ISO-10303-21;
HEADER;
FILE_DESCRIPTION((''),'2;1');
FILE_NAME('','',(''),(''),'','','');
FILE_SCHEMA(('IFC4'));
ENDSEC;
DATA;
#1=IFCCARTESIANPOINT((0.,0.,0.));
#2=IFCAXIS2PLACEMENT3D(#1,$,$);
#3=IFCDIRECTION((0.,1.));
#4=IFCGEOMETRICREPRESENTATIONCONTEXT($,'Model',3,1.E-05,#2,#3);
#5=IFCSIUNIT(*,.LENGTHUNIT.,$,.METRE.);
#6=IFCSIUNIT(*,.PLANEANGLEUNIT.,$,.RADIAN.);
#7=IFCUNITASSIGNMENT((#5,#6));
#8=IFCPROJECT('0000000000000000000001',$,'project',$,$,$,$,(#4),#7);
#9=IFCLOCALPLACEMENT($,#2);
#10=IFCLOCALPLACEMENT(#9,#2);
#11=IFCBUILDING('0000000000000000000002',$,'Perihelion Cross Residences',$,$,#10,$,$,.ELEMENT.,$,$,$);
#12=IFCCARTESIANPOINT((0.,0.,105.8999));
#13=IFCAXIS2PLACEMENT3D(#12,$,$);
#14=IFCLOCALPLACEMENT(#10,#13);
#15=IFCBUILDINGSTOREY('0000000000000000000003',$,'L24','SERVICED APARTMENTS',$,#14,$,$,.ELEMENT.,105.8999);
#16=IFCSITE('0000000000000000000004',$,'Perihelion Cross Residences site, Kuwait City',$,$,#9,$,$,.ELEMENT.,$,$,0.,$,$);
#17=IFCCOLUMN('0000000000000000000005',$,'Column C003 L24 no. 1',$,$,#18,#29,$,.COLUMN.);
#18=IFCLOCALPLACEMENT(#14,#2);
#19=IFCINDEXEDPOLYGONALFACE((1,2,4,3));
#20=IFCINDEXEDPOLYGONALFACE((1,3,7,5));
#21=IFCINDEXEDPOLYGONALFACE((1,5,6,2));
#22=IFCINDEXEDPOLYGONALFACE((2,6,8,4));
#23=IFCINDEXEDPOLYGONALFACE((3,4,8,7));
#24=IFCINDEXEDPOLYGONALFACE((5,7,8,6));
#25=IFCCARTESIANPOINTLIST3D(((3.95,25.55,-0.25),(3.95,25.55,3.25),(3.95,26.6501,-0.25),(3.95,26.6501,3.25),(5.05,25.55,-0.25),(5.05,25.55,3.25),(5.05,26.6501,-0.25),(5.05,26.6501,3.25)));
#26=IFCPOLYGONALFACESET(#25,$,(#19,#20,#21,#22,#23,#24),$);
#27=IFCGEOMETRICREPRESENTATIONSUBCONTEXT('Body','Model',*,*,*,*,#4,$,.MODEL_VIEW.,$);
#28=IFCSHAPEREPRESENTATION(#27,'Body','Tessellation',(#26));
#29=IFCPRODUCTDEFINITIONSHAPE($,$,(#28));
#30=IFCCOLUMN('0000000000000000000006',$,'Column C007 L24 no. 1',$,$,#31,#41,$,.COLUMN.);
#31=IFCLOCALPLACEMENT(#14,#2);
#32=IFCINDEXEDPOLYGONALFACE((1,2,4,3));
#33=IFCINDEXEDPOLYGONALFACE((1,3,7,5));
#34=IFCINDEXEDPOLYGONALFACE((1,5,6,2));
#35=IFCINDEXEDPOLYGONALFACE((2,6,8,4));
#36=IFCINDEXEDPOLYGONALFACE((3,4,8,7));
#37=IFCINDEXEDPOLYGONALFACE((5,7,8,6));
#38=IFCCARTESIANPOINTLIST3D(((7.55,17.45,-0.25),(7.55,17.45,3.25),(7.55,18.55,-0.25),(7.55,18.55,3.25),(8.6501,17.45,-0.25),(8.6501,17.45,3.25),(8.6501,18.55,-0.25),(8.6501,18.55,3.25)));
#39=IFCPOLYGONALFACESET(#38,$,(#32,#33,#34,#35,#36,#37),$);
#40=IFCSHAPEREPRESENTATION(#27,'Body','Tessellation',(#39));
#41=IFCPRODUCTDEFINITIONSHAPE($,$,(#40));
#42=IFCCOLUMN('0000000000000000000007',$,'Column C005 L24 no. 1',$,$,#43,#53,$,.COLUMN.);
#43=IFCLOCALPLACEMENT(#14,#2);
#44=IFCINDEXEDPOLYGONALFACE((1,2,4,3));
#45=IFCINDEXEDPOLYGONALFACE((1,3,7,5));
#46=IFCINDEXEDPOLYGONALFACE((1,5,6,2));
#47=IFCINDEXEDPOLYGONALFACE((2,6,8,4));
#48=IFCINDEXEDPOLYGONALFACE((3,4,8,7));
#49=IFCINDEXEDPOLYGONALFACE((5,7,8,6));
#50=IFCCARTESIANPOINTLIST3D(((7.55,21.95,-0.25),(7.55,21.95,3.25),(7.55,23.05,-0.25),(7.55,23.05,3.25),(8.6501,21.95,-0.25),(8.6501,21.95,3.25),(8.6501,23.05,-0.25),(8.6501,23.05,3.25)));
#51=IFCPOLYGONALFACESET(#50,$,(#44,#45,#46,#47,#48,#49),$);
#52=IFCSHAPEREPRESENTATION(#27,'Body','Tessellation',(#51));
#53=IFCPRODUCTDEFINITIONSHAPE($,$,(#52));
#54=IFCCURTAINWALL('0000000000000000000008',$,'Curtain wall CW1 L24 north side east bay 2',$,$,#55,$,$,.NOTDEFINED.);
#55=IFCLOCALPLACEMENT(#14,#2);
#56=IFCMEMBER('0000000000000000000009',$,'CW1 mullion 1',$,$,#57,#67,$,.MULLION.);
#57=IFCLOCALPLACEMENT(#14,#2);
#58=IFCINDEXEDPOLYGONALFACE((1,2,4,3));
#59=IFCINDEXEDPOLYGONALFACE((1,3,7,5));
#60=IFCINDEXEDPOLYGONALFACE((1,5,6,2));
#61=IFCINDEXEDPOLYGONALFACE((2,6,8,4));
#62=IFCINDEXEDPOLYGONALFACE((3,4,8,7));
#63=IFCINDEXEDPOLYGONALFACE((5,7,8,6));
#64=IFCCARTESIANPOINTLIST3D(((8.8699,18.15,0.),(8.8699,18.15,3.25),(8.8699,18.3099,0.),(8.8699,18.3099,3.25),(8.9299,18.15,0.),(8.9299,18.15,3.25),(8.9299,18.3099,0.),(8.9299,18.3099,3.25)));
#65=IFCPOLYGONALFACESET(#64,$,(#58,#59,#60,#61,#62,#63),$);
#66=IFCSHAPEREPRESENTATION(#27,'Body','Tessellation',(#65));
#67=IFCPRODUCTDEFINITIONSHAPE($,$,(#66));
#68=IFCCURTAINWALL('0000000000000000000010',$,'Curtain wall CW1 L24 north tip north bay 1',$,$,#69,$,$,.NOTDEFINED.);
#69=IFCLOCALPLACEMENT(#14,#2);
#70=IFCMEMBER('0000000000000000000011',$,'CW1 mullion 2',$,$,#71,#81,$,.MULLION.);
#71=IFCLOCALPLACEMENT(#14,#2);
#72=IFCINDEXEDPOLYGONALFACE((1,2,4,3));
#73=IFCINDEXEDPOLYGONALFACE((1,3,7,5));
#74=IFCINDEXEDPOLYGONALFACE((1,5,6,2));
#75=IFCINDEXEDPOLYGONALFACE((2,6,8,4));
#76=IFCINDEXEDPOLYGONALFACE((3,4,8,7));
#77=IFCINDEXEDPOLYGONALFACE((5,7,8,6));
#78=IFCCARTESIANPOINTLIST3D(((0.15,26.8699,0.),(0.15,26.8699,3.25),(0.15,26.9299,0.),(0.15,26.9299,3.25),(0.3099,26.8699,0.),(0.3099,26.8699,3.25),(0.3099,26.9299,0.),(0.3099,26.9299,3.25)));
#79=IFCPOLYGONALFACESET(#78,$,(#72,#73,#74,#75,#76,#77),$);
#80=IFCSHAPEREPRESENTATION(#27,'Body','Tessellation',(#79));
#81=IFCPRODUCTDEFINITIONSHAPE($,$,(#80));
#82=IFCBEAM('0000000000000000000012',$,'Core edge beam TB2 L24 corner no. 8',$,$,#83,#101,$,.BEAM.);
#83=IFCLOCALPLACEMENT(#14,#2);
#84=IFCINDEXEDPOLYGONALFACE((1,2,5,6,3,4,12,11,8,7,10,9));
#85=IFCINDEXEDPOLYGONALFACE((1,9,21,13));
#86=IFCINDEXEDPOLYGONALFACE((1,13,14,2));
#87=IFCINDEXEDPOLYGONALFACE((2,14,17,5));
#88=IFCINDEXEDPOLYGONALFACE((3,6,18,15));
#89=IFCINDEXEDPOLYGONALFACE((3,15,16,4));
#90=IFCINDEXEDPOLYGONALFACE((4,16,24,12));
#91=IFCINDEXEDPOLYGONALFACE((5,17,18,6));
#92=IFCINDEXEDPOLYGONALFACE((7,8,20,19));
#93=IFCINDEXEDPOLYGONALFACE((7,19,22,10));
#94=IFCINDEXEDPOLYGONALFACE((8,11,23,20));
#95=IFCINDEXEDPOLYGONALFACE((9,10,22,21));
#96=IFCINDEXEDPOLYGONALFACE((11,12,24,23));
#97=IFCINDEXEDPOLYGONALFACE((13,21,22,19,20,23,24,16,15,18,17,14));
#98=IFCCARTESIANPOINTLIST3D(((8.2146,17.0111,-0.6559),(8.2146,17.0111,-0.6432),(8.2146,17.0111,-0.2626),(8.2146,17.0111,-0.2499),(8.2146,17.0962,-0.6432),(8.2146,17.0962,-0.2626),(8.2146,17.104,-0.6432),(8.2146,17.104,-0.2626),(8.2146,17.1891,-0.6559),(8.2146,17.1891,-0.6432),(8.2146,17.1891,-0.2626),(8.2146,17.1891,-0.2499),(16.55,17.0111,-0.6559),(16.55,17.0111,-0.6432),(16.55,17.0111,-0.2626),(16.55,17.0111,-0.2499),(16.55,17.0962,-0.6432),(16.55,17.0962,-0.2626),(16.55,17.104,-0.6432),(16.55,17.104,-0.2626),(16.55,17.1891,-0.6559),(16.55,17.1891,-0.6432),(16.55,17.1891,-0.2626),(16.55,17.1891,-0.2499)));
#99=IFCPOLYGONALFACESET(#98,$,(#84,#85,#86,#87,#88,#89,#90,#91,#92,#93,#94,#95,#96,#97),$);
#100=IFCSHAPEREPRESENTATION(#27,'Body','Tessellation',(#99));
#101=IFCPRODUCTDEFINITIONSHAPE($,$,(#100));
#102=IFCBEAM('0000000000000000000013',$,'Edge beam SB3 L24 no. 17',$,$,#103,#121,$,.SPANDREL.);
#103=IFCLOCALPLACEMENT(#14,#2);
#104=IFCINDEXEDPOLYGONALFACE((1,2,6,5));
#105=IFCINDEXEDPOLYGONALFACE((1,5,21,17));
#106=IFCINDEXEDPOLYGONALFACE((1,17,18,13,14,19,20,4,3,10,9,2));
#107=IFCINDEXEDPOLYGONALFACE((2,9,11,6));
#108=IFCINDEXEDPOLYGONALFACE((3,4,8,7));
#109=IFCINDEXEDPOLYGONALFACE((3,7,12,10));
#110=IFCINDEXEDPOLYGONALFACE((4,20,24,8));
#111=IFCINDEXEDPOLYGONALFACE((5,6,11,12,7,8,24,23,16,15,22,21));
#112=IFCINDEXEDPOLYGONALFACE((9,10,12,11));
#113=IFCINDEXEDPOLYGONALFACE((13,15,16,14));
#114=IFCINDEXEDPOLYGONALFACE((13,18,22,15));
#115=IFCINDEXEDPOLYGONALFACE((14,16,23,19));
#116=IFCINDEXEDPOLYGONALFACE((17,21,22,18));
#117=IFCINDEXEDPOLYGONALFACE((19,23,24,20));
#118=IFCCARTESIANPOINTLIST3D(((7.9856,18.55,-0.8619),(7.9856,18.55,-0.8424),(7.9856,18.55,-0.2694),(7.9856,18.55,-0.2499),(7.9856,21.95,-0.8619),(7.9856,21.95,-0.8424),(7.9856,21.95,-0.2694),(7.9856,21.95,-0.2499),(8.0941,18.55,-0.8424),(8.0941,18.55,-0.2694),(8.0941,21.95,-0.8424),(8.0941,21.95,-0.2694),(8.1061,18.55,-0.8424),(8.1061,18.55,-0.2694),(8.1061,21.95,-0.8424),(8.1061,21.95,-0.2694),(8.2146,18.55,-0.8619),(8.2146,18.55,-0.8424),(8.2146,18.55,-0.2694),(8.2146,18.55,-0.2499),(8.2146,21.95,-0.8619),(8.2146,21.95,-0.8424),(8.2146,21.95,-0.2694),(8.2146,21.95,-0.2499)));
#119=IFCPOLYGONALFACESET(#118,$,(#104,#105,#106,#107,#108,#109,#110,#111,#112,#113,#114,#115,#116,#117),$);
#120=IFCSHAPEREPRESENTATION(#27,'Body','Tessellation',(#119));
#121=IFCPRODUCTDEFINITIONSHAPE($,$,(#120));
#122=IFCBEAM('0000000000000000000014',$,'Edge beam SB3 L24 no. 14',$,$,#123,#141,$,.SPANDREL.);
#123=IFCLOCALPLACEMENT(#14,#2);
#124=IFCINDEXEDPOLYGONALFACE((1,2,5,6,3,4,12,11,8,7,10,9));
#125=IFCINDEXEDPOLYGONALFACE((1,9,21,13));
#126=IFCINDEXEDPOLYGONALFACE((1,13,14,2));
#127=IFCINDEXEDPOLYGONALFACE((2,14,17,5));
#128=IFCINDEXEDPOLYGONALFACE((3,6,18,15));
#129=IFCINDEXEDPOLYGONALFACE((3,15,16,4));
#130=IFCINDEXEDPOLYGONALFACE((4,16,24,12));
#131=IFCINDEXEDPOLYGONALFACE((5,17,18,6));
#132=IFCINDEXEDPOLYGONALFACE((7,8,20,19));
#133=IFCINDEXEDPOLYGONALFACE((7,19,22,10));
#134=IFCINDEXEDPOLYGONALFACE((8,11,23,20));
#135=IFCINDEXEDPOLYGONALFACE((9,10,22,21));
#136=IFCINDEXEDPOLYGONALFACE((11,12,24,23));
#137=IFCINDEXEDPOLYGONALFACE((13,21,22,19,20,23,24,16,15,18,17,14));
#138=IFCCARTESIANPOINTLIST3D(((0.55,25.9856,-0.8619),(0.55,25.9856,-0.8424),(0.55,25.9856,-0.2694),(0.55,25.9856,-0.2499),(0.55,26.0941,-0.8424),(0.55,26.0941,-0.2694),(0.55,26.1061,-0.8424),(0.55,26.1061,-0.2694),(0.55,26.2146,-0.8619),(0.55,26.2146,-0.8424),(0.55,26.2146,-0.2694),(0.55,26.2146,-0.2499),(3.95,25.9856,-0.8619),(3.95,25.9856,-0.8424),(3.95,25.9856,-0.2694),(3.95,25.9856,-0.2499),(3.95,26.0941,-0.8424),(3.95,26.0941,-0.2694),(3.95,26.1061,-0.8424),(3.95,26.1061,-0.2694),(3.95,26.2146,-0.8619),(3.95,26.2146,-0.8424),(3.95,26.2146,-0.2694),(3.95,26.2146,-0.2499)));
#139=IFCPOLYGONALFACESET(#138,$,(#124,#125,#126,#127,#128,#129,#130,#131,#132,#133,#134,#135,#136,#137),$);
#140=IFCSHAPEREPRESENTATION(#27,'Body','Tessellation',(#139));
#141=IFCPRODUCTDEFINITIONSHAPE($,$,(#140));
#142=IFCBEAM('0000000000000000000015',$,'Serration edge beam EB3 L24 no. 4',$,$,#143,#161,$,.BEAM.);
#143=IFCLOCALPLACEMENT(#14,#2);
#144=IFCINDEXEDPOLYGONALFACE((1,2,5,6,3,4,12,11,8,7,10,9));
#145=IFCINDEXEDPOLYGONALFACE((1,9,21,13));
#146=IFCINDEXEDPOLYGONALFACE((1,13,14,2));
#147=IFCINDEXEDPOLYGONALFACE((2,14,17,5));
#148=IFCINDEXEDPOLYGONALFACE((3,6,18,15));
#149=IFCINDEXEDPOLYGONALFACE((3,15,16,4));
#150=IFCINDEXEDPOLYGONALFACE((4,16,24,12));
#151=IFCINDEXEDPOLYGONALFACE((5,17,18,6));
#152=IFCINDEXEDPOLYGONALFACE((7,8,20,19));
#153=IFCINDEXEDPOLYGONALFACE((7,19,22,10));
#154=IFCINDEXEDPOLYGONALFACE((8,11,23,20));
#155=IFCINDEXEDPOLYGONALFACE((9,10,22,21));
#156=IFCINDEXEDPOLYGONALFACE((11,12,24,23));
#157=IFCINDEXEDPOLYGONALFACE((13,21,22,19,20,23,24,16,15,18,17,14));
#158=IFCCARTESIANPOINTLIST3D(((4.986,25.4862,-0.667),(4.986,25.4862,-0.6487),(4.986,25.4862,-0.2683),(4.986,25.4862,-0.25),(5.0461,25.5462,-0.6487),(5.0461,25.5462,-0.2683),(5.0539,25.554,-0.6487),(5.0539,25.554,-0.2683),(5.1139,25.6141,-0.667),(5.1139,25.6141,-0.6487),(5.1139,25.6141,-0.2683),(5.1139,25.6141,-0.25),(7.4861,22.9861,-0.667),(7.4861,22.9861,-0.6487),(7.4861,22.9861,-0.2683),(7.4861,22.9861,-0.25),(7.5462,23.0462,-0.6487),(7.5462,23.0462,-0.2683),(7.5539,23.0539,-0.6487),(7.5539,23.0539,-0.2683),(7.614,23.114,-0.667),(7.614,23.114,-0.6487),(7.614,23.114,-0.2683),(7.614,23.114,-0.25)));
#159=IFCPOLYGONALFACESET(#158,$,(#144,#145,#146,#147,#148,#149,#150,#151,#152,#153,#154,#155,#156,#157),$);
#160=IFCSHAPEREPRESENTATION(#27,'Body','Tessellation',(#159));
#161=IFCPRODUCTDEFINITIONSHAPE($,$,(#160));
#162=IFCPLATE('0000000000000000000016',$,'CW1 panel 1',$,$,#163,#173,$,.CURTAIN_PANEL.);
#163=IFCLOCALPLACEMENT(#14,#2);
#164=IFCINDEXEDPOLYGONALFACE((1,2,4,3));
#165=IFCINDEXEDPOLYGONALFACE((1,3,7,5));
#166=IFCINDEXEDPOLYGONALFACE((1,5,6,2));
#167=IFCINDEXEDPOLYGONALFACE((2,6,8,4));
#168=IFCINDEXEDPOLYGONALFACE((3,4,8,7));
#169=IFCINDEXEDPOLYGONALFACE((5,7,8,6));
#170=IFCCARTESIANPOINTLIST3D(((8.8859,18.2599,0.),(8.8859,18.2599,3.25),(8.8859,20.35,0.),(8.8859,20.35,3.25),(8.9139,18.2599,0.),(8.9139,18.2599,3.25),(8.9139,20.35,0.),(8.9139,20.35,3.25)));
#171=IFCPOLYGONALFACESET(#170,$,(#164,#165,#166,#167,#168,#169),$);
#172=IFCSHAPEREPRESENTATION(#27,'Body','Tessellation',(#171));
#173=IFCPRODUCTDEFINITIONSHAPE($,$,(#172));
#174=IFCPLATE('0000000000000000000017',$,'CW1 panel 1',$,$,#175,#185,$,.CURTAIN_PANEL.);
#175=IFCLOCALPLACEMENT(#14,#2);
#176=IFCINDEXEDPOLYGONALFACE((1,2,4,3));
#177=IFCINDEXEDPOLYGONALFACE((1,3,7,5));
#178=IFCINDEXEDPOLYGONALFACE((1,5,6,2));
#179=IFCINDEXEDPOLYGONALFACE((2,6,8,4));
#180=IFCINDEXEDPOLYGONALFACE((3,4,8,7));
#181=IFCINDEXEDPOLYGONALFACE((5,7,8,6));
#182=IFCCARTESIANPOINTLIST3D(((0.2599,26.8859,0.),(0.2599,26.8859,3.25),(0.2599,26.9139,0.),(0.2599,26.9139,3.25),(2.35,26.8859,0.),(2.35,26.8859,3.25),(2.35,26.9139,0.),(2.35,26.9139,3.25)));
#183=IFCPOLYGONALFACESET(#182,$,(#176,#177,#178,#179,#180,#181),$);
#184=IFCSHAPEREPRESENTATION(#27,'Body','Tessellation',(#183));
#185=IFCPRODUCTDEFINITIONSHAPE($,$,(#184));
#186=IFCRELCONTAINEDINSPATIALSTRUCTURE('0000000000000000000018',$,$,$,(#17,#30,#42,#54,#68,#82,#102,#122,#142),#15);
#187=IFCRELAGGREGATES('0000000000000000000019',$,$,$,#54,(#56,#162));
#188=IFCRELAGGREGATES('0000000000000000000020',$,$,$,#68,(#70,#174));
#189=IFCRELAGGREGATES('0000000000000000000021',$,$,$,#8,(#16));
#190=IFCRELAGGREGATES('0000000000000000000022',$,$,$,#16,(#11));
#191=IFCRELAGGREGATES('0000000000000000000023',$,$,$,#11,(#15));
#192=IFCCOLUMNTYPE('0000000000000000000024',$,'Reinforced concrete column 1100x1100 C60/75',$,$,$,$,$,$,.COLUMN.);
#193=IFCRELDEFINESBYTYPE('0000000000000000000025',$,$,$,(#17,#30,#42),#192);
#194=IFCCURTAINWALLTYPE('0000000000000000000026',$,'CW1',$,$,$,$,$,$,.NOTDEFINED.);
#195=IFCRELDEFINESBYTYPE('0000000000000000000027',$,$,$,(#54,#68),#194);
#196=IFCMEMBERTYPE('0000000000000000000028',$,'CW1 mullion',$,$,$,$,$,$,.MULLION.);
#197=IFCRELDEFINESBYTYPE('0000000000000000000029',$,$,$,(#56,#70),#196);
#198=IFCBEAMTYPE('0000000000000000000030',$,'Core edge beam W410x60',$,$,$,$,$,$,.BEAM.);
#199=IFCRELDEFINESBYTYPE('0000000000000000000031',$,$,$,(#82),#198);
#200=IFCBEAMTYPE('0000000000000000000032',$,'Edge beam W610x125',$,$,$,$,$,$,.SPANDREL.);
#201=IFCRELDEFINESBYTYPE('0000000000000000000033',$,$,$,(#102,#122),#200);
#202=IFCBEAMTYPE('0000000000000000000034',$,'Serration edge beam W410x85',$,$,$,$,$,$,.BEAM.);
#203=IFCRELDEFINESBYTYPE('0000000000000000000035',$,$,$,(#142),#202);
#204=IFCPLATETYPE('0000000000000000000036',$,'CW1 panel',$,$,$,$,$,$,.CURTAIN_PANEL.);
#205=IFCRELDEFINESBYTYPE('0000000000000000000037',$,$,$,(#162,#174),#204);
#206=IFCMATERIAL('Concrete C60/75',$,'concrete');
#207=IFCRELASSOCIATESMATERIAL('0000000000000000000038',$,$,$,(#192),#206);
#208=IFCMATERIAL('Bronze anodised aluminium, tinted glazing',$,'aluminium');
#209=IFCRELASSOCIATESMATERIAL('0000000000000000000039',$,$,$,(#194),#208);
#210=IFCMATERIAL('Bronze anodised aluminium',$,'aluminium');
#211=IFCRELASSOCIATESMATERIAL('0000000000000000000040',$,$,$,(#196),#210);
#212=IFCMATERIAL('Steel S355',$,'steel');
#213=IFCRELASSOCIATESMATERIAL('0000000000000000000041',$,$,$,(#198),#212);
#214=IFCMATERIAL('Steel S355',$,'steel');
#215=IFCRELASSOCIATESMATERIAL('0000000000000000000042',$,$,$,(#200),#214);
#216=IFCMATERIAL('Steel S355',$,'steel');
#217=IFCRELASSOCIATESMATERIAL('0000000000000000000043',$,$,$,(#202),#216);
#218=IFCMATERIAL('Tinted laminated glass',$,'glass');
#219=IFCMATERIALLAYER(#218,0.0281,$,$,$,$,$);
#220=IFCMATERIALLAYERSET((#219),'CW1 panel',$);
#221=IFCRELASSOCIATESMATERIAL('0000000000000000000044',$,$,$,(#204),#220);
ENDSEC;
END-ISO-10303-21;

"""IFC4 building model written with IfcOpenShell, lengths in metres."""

from ifc_helpers import new_model, si_unit, direction, frame, origin, origin_2d, place, context, subcontext, project, spatial, rectangle, i_section, extrude, material, layer, layer_set, material_profile, profile_set, type_object, element, aggregate, save


model = new_model("IFC4")

# Units and contexts
model_context = context("Model", 3, precision=1e-05, world=origin(), true_north=direction((0.0, 1.0)))
body_context = subcontext(model_context, "Body", "Model", "MODEL_VIEW")
ifc_project = project(units=[si_unit("LENGTHUNIT", "METRE"), si_unit("PLANEANGLEUNIT", "RADIAN")], contexts=[model_context])

# Site, building, storey
site_placement = place(None, origin())
site = spatial("IfcSite", under=ifc_project, at=site_placement, Name="Perihelion Cross Residences site, Kuwait City", CompositionType="ELEMENT", RefElevation=0.0)
building_placement = place(site_placement, origin())
building = spatial("IfcBuilding", under=site, at=building_placement, Name="Perihelion Cross Residences", CompositionType="ELEMENT")
storey_placement = place(building_placement, frame((0.0, 0.0, 105.8999)))
storey = spatial("IfcBuildingStorey", under=building, at=storey_placement, Name="L24", Description="SERVICED APARTMENTS", CompositionType="ELEMENT", Elevation=105.8999)

# Columns
ifc_material_1 = material(Name="Concrete C60/75", Category="concrete")
ifc_material_profile_1 = material_profile(ifc_material_1, rectangle(XDim=1.1001, YDim=1.1001, at=origin_2d()), Name="RC 1100x1100")
ifc_profile_set_1 = profile_set([ifc_material_profile_1], Name="Concrete C60/75")
column_type = type_object("IfcColumnType", Name="Reinforced concrete column 1100x1100 C60/75", PredefinedType="COLUMN", material=ifc_profile_set_1)
for number, where, z_axis, x_axis, name in (
    (1, (4.5, 26.1001, -0.25), (0.0, 0.0, 1.0), (1.0, 0.0, 0.0), "Column C003 L24 no. 1"),
    (2, (8.1001, 18.0, -0.25), (0.0, 0.0, 1.0), (1.0, 0.0, 0.0), "Column C007 L24 no. 1"),
    (3, (8.1001, 22.5, -0.25), (0.0, 0.0, 1.0), (1.0, 0.0, 0.0), "Column C005 L24 no. 1"),
):
    element("IfcColumn", number, at=place(storey_placement, frame(where, z_axis=z_axis, x_axis=x_axis)), inside=storey, type_object=column_type, Name=name, PredefinedType="COLUMN", context=body_context, shape_type="SweptSolid", body=[
        extrude(rectangle(XDim=1.1001, YDim=1.1001, at=origin_2d()), origin(), (0.0, 0.0, 1.0), 3.5),
    ])

# Curtain walls, members
ifc_material_2 = material(Name="Bronze anodised aluminium, tinted glazing", Category="aluminium")
curtain_wall_type = type_object("IfcCurtainWallType", Name="CW1", PredefinedType="NOTDEFINED", material=ifc_material_2)
curtain_wall_1_placement = place(storey_placement, origin())
curtain_wall_1 = element("IfcCurtainWall", 4, at=curtain_wall_1_placement, inside=storey, type_object=curtain_wall_type, Name="Curtain wall CW1 L24 north side east bay 2", PredefinedType="NOTDEFINED")
ifc_material_3 = material(Name="Bronze anodised aluminium", Category="aluminium")
ifc_material_profile_2 = material_profile(ifc_material_3, rectangle(XDim=0.0601, YDim=0.1599, at=origin_2d()), Name="CW1 mullion")
ifc_profile_set_2 = profile_set([ifc_material_profile_2], Name="Bronze anodised aluminium")
member_type = type_object("IfcMemberType", Name="CW1 mullion", PredefinedType="MULLION", material=ifc_profile_set_2)
member_1_placement = place(storey_placement, frame((8.8999, 18.23, 0.0), z_axis=(0.0, 0.0, 1.0), x_axis=(-1.0, 0.0, 0.0)))
member_1 = element("IfcMember", 5, at=member_1_placement, type_object=member_type, Name="CW1 mullion 1", PredefinedType="MULLION", context=body_context, shape_type="SweptSolid", body=[
    extrude(rectangle(XDim=0.0601, YDim=0.1599, at=origin_2d()), origin(), (0.0, 0.0, 1.0), 3.25),
])
curtain_wall_2_placement = place(storey_placement, origin())
curtain_wall_2 = element("IfcCurtainWall", 6, at=curtain_wall_2_placement, inside=storey, type_object=curtain_wall_type, Name="Curtain wall CW1 L24 north tip north bay 1", PredefinedType="NOTDEFINED")
member_2_placement = place(storey_placement, frame((0.23, 26.8999, 0.0), z_axis=(0.0, 0.0, 1.0), x_axis=(0.0, -1.0, 0.0)))
member_2 = element("IfcMember", 7, at=member_2_placement, type_object=member_type, Name="CW1 mullion 2", PredefinedType="MULLION", context=body_context, shape_type="SweptSolid", body=[
    extrude(rectangle(XDim=0.0601, YDim=0.1599, at=origin_2d()), origin(), (0.0, 0.0, 1.0), 3.25),
])

# Beams
ifc_material_4 = material(Name="Steel S355", Category="steel")
ifc_material_profile_3 = material_profile(ifc_material_4, i_section(OverallWidth=0.178, OverallDepth=0.406, WebThickness=0.0078, FlangeThickness=0.0127, at=origin_2d()), Name="W410x60")
ifc_profile_set_3 = profile_set([ifc_material_profile_3], Name="Steel S355")
beam_type_1 = type_object("IfcBeamType", Name="Core edge beam W410x60", PredefinedType="BEAM", material=ifc_profile_set_3)
beam_1_placement = place(storey_placement, frame((8.2146, 17.1001, -0.4529), z_axis=(1.0, 0.0, 0.0), x_axis=(0.0, 1.0, 0.0)))
element("IfcBeam", 8, at=beam_1_placement, inside=storey, type_object=beam_type_1, Name="Core edge beam TB2 L24 corner no. 8", PredefinedType="BEAM", context=body_context, shape_type="SweptSolid", body=[
    extrude(i_section(OverallWidth=0.178, OverallDepth=0.406, WebThickness=0.0078, FlangeThickness=0.0127, at=origin_2d()), origin(), (0.0, 0.0, 1.0), 8.3354),
])
ifc_material_5 = material(Name="Steel S355", Category="steel")
ifc_material_profile_4 = material_profile(ifc_material_5, i_section(OverallWidth=0.229, OverallDepth=0.6121, WebThickness=0.012, FlangeThickness=0.0195, at=origin_2d()), Name="W610x125")
ifc_profile_set_4 = profile_set([ifc_material_profile_4], Name="Steel S355")
beam_type_2 = type_object("IfcBeamType", Name="Edge beam W610x125", PredefinedType="SPANDREL", material=ifc_profile_set_4)
for number, where, z_axis, x_axis, name in (
    (9, (8.1001, 18.55, -0.5559), (0.0, 1.0, 0.0), (-1.0, 0.0, 0.0), "Edge beam SB3 L24 no. 17"),
    (10, (3.95, 26.1001, -0.5559), (-1.0, 0.0, 0.0), (0.0, -1.0, 0.0), "Edge beam SB3 L24 no. 14"),
):
    element("IfcBeam", number, at=place(storey_placement, frame(where, z_axis=z_axis, x_axis=x_axis)), inside=storey, type_object=beam_type_2, Name=name, PredefinedType="SPANDREL", context=body_context, shape_type="SweptSolid", body=[
        extrude(i_section(OverallWidth=0.229, OverallDepth=0.6121, WebThickness=0.012, FlangeThickness=0.0195, at=origin_2d()), origin(), (0.0, 0.0, 1.0), 3.3999),
    ])
ifc_material_6 = material(Name="Steel S355", Category="steel")
ifc_material_profile_5 = material_profile(ifc_material_6, i_section(OverallWidth=0.1809, OverallDepth=0.417, WebThickness=0.011, FlangeThickness=0.0183, at=origin_2d()), Name="W410x85")
ifc_profile_set_5 = profile_set([ifc_material_profile_5], Name="Steel S355")
beam_type_3 = type_object("IfcBeamType", Name="Serration edge beam W410x85", PredefinedType="BEAM", material=ifc_profile_set_5)
beam_2_placement = place(storey_placement, frame((7.55, 23.05, -0.4585), z_axis=(-0.707107, 0.707107, 0.0), x_axis=(-0.707107, -0.707107, 0.0)))
element("IfcBeam", 11, at=beam_2_placement, inside=storey, type_object=beam_type_3, Name="Serration edge beam EB3 L24 no. 4", PredefinedType="BEAM", context=body_context, shape_type="SweptSolid", body=[
    extrude(i_section(OverallWidth=0.1809, OverallDepth=0.417, WebThickness=0.011, FlangeThickness=0.0183, at=origin_2d()), origin(), (0.0, 0.0, 1.0), 3.5356),
])

# Plates
ifc_material_7 = material(Name="Tinted laminated glass", Category="glass")
ifc_layer_1 = layer(ifc_material_7, 0.0281)
ifc_layer_set_1 = layer_set([ifc_layer_1], Name="CW1 panel")
plate_type = type_object("IfcPlateType", Name="CW1 panel", PredefinedType="CURTAIN_PANEL", material=ifc_layer_set_1)
plate_1_placement = place(storey_placement, frame((8.8999, 19.3049, 0.0), z_axis=(0.0, 0.0, 1.0), x_axis=(0.0, 1.0, 0.0)))
plate_1 = element("IfcPlate", 12, at=plate_1_placement, type_object=plate_type, Name="CW1 panel 1", PredefinedType="CURTAIN_PANEL", context=body_context, shape_type="SweptSolid", body=[
    extrude(rectangle(XDim=2.0901, YDim=0.0281, at=origin_2d()), origin(), (0.0, 0.0, 1.0), 3.25),
])
aggregate(curtain_wall_1, [member_1, plate_1])
plate_2_placement = place(storey_placement, frame((1.3049, 26.8999, 0.0), z_axis=(0.0, 0.0, 1.0), x_axis=(-1.0, 0.0, 0.0)))
plate_2 = element("IfcPlate", 13, at=plate_2_placement, type_object=plate_type, Name="CW1 panel 1", PredefinedType="CURTAIN_PANEL", context=body_context, shape_type="SweptSolid", body=[
    extrude(rectangle(XDim=2.0901, YDim=0.0281, at=origin_2d()), origin(), (0.0, 0.0, 1.0), 3.25),
])
aggregate(curtain_wall_2, [member_2, plate_2])

save(model, "model.ifc")
